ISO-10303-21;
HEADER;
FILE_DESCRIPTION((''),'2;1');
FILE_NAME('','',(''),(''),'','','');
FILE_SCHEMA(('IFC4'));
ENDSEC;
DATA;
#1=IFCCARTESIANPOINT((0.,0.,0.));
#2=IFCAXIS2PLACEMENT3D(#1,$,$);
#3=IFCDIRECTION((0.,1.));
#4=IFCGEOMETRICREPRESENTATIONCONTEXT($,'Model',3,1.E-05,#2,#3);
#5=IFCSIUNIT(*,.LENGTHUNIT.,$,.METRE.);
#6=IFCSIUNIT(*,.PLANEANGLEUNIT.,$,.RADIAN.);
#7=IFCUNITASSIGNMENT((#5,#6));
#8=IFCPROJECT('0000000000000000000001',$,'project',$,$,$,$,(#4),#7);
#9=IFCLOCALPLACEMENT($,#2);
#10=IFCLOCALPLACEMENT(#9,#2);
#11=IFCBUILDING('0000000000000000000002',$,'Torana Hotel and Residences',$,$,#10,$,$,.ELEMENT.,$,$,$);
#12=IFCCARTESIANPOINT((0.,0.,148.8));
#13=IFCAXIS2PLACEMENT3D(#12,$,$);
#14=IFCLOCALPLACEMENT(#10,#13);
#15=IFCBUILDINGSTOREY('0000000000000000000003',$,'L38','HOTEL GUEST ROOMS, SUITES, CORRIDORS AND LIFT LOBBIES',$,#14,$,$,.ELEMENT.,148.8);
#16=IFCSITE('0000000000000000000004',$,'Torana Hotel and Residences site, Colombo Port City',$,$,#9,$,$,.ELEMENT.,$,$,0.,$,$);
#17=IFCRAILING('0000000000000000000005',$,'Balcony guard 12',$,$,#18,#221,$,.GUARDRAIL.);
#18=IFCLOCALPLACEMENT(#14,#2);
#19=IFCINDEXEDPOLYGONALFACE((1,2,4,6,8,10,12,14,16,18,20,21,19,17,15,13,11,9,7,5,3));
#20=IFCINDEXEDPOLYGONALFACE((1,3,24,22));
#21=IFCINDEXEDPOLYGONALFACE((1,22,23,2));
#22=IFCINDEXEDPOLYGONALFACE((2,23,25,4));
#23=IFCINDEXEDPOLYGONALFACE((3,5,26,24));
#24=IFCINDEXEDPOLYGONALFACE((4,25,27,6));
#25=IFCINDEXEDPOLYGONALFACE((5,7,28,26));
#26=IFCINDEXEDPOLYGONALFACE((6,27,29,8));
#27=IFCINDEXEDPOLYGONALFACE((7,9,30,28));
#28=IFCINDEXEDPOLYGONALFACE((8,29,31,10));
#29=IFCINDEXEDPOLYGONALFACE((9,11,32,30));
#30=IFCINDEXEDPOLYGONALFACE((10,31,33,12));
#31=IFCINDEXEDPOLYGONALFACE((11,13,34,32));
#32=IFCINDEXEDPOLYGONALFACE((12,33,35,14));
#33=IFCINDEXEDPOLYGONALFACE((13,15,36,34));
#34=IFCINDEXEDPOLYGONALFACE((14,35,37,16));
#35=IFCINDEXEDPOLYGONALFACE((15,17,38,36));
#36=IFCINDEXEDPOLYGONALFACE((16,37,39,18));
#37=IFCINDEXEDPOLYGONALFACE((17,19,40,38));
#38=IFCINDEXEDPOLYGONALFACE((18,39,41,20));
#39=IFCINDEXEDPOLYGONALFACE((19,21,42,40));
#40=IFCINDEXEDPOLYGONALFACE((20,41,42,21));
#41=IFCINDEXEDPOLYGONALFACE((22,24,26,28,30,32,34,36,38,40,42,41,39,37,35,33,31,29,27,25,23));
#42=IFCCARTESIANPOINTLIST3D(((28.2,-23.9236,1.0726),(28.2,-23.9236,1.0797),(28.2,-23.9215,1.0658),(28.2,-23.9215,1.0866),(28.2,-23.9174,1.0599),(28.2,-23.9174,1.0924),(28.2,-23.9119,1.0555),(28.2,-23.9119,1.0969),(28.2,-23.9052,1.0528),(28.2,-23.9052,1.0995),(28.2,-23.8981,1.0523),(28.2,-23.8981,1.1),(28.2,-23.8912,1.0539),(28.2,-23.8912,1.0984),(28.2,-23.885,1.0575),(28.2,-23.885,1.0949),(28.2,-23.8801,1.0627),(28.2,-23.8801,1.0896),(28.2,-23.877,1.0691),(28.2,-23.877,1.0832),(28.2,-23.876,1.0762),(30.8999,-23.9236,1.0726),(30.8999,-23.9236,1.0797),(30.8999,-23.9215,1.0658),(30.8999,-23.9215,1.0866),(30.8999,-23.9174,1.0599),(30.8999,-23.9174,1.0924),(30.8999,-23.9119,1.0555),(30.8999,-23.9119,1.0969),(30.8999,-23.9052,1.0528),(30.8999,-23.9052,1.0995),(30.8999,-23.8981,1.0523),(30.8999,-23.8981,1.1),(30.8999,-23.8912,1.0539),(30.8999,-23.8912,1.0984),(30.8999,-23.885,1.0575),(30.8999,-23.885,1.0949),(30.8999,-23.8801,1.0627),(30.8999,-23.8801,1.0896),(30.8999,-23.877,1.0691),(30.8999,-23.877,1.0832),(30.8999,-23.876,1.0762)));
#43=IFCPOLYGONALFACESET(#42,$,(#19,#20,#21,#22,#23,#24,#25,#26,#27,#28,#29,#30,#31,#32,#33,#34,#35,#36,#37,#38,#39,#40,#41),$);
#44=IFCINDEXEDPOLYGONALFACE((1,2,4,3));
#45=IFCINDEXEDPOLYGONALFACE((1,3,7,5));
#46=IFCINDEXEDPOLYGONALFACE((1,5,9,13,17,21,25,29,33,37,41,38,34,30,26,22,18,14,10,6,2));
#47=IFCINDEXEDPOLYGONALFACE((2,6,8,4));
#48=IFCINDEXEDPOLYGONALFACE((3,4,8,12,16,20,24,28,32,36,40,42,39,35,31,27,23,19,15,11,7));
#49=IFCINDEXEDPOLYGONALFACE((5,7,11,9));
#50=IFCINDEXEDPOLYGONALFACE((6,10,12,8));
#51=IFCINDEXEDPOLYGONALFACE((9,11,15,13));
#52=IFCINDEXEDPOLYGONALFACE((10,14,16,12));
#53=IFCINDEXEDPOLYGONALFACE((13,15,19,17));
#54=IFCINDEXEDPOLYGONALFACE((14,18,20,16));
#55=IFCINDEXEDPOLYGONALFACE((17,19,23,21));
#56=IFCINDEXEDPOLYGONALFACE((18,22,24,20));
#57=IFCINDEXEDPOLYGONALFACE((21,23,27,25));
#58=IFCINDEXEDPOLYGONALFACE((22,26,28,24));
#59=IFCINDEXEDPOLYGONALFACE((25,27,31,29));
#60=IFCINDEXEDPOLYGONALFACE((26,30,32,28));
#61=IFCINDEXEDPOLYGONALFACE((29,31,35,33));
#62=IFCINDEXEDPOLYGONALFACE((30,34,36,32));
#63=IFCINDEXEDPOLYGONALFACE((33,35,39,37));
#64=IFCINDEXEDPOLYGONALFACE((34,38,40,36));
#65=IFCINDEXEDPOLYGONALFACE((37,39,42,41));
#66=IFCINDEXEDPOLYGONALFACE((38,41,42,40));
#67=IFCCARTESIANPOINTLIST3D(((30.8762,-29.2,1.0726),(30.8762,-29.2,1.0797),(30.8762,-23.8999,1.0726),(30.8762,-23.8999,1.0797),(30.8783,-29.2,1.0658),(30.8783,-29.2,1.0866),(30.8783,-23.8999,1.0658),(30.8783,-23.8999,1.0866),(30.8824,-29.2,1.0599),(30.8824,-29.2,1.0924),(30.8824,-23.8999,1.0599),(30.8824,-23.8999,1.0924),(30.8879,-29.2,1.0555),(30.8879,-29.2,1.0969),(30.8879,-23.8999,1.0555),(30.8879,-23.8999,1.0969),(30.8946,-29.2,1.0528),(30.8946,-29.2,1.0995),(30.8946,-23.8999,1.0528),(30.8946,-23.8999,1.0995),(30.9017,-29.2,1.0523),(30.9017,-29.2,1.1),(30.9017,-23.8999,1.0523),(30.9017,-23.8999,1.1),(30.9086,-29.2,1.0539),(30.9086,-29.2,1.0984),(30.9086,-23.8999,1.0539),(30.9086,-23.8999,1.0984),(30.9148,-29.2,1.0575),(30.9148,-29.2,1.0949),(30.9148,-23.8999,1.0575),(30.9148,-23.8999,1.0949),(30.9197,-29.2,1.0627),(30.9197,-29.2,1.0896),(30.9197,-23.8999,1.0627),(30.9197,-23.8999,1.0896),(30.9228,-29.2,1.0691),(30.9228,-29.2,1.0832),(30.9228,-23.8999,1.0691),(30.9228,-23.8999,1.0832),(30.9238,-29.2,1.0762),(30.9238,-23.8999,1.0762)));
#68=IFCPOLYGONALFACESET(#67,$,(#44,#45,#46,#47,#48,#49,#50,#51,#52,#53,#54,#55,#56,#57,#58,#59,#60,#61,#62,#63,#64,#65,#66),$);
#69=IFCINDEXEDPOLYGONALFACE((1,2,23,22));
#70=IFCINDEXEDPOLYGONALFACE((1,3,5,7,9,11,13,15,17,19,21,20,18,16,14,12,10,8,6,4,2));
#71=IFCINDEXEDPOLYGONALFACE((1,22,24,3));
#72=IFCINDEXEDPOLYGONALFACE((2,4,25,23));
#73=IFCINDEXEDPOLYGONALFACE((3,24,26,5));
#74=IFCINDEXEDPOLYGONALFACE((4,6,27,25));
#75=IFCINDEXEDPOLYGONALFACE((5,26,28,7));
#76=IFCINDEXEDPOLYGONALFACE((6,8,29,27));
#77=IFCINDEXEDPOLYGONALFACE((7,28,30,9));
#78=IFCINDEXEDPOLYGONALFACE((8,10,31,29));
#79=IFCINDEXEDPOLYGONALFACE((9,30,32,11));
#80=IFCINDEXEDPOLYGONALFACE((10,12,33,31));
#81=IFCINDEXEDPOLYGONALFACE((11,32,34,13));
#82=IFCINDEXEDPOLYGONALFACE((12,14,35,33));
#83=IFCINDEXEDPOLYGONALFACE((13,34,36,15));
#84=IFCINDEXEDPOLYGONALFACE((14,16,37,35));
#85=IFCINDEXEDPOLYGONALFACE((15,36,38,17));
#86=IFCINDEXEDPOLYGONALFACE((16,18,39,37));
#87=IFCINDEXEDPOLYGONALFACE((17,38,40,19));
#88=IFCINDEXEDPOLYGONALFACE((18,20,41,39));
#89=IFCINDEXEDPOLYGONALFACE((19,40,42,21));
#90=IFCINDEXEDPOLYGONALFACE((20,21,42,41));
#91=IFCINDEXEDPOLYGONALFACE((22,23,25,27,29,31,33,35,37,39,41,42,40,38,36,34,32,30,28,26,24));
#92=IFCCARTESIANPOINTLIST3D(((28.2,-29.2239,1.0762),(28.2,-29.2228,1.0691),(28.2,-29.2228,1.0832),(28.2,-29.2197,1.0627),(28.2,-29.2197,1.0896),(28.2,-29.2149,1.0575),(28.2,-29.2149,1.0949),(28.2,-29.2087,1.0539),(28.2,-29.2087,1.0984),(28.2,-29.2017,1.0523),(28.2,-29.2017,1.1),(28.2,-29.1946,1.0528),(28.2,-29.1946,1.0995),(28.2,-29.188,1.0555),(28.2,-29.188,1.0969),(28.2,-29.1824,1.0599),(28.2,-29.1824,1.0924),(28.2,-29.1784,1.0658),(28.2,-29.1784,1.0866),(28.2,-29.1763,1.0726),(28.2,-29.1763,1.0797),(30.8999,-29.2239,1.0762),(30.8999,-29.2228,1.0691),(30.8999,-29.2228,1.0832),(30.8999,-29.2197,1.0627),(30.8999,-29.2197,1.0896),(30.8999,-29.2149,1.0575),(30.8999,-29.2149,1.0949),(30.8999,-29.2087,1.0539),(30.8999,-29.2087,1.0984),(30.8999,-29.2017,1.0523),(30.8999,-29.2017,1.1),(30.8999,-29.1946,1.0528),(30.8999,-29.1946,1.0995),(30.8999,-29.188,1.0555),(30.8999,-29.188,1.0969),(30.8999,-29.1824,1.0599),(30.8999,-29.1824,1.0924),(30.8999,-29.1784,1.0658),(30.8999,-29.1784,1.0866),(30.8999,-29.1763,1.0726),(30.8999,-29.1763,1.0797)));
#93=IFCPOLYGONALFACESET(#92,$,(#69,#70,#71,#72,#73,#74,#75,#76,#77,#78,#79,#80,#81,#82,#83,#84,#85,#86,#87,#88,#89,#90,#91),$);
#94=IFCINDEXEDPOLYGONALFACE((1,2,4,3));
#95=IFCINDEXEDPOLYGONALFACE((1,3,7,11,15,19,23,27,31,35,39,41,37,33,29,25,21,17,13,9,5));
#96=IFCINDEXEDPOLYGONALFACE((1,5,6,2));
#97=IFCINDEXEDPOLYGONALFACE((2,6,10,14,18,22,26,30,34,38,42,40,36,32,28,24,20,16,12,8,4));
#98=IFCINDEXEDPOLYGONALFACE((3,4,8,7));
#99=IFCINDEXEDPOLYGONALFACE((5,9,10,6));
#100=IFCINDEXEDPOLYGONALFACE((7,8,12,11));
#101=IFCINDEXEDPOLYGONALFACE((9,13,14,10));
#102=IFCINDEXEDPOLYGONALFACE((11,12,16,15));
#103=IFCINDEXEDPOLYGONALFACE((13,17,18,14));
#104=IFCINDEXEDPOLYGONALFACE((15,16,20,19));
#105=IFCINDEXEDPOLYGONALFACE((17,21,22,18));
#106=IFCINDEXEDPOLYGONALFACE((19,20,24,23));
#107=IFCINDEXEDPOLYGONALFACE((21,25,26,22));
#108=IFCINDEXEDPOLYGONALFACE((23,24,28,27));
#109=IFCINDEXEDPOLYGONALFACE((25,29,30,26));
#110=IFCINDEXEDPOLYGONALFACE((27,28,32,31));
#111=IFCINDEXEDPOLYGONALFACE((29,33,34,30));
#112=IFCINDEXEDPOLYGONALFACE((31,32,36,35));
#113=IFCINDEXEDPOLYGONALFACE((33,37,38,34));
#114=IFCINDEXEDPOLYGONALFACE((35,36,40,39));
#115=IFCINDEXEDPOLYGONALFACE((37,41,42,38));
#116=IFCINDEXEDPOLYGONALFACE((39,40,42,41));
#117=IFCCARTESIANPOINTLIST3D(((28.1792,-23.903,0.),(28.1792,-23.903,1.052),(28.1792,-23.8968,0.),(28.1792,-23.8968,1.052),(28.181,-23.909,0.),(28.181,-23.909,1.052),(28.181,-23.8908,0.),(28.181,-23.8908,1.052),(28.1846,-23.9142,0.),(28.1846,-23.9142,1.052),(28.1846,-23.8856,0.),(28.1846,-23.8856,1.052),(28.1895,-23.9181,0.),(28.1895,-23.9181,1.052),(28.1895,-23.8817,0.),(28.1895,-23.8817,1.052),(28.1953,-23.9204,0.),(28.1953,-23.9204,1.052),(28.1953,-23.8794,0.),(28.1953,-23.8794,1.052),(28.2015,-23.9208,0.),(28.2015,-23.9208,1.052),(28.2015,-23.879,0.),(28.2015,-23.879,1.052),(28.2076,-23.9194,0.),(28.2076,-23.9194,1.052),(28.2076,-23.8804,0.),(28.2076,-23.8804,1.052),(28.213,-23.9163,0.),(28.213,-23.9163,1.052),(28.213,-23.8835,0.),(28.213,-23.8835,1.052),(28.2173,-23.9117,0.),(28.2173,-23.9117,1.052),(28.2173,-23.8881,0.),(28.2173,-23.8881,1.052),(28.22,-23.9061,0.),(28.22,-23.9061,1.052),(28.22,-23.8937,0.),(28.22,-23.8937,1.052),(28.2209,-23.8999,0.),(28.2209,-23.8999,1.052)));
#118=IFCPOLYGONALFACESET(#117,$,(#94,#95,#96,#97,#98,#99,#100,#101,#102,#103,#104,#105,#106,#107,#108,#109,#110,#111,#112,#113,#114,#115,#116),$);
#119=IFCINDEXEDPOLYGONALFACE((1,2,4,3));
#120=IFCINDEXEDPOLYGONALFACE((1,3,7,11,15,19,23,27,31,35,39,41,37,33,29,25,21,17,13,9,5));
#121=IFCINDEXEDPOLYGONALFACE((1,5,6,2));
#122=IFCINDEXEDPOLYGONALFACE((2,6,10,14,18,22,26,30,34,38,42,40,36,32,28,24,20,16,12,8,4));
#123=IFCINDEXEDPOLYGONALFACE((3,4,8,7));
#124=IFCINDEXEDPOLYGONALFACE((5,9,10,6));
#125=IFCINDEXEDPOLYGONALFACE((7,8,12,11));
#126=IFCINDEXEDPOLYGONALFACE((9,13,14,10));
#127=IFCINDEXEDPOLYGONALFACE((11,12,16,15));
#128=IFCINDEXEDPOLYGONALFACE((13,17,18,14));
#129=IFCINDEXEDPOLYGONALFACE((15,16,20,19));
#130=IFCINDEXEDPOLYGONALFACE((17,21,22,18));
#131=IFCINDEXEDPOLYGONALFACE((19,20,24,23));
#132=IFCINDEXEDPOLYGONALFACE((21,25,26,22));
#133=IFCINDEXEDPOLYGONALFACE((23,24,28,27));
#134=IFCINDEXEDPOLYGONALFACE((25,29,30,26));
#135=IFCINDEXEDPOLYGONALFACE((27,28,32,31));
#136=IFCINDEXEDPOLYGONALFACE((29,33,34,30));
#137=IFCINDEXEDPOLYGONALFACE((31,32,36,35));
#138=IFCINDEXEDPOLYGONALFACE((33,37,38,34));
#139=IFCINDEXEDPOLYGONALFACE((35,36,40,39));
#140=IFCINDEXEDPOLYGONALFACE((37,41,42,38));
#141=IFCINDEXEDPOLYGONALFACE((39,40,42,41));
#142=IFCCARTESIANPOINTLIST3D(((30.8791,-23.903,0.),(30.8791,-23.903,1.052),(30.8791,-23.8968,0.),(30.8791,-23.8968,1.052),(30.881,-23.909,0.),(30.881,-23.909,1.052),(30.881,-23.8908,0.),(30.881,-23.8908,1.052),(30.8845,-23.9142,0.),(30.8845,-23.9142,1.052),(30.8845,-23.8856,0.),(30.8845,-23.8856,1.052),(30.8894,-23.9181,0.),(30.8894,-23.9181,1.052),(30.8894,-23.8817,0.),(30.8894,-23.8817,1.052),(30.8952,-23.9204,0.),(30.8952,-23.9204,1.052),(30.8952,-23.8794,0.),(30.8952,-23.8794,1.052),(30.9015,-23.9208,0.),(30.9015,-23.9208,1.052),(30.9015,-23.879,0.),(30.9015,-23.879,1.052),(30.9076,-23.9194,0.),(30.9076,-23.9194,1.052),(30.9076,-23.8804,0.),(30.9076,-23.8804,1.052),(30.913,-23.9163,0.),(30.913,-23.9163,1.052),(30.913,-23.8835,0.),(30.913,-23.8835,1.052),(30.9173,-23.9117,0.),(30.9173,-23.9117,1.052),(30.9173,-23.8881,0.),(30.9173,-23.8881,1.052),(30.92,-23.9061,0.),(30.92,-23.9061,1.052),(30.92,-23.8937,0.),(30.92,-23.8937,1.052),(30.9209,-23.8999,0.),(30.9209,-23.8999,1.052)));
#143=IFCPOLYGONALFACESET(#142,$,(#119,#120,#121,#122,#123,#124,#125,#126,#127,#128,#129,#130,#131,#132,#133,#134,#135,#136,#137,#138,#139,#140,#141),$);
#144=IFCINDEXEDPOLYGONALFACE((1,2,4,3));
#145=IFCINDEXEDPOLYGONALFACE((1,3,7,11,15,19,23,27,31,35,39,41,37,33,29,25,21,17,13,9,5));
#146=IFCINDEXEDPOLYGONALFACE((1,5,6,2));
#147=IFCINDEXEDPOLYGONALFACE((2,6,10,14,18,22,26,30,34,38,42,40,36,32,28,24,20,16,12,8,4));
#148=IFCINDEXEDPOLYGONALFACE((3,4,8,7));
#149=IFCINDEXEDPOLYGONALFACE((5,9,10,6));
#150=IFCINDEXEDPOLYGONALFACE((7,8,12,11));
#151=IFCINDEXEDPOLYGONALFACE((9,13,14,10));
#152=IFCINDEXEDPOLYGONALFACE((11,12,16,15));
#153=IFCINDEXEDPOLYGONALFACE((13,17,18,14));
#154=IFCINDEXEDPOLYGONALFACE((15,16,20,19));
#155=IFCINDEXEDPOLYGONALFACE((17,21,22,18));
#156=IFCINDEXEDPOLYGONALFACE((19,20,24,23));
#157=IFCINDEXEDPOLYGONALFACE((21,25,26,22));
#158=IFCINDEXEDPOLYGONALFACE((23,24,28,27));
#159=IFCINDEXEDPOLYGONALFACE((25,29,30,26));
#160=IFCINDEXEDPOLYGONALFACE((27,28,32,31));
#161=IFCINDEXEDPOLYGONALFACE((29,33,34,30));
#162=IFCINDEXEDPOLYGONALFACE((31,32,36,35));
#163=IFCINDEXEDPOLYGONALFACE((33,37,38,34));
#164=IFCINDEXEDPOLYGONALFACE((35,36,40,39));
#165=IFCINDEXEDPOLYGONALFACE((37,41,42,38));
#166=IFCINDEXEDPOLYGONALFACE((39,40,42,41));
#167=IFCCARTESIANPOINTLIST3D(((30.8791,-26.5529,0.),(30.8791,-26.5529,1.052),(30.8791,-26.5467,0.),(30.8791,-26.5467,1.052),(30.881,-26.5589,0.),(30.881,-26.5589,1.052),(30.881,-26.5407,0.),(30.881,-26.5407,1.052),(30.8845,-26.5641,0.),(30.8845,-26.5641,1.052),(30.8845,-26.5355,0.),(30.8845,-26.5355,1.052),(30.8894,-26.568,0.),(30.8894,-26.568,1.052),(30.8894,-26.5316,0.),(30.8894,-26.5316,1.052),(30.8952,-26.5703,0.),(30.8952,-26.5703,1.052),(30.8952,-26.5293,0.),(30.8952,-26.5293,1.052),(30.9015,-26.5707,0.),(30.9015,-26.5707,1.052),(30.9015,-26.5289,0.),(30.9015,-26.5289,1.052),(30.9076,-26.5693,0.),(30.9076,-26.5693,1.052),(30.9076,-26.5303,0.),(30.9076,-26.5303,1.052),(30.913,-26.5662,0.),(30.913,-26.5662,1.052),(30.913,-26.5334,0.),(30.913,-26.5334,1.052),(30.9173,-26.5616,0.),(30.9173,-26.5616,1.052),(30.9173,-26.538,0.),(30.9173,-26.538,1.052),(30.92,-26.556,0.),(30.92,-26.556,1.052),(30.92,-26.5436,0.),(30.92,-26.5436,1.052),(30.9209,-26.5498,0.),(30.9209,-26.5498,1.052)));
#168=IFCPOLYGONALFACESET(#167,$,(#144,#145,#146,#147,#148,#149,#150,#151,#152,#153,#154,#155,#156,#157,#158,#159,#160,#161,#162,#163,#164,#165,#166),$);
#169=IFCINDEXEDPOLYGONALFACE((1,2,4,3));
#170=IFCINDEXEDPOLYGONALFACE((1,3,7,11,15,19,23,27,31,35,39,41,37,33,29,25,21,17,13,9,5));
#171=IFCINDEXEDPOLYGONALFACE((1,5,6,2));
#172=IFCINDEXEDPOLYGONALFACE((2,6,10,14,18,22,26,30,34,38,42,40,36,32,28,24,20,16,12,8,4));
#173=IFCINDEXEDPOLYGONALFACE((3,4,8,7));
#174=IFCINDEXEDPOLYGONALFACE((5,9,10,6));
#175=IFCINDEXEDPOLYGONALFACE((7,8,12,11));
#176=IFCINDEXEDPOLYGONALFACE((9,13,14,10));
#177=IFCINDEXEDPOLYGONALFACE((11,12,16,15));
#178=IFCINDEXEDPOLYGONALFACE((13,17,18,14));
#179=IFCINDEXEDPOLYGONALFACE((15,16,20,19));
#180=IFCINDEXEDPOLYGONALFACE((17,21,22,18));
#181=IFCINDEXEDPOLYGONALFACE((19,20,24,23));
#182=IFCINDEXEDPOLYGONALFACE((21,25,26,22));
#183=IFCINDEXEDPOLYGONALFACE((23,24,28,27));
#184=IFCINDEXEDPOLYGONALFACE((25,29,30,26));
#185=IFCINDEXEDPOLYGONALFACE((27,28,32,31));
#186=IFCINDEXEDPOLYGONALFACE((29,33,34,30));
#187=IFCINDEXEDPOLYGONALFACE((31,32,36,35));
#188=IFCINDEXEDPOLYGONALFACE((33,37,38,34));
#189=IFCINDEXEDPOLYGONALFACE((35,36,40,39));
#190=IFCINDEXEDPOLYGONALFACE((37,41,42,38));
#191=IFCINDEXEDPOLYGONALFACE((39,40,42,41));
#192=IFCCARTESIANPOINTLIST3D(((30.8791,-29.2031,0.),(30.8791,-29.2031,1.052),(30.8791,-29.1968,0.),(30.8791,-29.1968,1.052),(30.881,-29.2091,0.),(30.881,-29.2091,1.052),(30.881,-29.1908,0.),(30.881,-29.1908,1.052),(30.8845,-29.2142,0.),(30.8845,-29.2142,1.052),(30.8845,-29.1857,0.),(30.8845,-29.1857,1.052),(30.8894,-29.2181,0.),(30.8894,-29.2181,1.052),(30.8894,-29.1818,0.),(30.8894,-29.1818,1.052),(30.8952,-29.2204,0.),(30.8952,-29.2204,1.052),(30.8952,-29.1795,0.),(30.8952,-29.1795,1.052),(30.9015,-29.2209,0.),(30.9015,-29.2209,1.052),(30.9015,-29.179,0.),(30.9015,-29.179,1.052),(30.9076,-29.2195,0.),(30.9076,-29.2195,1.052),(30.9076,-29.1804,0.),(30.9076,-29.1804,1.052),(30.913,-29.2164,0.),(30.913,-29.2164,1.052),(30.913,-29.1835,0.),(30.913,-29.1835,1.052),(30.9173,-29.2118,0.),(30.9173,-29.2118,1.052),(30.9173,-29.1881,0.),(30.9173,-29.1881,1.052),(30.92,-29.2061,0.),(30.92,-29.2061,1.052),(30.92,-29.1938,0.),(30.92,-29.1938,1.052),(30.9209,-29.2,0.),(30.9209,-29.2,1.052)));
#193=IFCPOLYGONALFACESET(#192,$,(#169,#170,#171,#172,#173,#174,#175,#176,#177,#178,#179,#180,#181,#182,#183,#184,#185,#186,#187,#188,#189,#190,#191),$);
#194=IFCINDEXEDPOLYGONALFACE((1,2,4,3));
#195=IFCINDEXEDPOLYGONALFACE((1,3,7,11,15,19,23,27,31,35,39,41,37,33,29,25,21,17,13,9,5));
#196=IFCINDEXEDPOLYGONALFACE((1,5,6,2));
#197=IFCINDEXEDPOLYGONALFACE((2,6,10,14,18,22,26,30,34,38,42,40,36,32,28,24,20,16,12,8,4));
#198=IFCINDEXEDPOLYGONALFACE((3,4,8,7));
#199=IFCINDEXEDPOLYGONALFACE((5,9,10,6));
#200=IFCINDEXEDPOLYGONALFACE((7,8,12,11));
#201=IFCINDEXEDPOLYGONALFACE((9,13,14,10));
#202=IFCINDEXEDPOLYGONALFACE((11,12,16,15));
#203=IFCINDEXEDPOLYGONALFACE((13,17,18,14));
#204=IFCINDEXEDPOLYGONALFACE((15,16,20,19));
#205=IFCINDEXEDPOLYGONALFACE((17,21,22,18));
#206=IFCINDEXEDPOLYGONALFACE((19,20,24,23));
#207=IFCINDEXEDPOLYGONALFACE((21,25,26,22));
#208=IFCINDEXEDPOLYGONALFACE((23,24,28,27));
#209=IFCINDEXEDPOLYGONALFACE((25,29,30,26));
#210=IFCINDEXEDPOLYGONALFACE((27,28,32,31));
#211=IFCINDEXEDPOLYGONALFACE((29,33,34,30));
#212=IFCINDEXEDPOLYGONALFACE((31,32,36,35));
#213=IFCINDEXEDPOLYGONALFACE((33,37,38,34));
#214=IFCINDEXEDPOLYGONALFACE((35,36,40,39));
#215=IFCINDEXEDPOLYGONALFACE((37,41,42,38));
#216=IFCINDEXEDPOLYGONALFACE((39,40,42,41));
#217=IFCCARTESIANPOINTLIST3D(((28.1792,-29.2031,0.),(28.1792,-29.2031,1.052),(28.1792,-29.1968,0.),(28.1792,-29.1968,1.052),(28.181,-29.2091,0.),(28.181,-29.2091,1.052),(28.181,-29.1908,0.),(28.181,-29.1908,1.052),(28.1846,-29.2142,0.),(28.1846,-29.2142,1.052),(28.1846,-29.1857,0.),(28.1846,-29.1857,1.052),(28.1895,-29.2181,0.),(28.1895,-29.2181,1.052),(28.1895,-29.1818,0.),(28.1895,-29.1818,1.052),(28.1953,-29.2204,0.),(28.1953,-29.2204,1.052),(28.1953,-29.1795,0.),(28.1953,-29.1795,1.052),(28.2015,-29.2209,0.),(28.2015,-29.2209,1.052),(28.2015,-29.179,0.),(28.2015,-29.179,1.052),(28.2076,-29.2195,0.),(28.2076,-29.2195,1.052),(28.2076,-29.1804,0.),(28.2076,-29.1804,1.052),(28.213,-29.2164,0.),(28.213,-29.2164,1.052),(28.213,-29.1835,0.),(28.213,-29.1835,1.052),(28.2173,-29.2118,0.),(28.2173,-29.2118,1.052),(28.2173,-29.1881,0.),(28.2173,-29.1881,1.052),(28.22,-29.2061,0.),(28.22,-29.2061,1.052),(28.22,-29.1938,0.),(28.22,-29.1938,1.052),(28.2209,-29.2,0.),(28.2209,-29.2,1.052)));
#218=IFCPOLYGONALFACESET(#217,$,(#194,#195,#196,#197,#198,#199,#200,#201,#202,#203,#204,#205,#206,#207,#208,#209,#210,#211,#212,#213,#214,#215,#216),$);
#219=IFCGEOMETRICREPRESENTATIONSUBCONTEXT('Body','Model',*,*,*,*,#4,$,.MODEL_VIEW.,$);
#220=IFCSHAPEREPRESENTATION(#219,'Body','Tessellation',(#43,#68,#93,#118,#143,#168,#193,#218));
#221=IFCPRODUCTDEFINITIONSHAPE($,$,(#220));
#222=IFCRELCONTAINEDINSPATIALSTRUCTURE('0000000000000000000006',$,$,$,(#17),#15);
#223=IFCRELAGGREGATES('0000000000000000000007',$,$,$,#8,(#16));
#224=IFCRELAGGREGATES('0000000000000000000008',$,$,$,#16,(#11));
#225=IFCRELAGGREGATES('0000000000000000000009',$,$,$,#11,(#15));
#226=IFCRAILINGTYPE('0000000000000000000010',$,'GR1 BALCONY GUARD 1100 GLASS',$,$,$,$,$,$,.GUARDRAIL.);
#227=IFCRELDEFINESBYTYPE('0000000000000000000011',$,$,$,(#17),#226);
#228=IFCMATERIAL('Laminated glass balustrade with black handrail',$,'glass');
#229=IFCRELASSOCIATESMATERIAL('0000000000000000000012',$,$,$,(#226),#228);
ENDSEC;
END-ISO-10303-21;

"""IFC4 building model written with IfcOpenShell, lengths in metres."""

from ifc_helpers import new_model, si_unit, direction, frame, origin, origin_2d, place, context, subcontext, project, spatial, circle, extrude, material, type_object, element, save


model = new_model("IFC4")

# Units and contexts
model_context = context("Model", 3, precision=1e-05, world=origin(), true_north=direction((0.0, 1.0)))
body_context = subcontext(model_context, "Body", "Model", "MODEL_VIEW")
ifc_project = project(units=[si_unit("LENGTHUNIT", "METRE"), si_unit("PLANEANGLEUNIT", "RADIAN")], contexts=[model_context])

# Site, building, storey
site_placement = place(None, origin())
site = spatial("IfcSite", under=ifc_project, at=site_placement, Name="Torana Hotel and Residences site, Colombo Port City", CompositionType="ELEMENT", RefElevation=0.0)
building_placement = place(site_placement, origin())
building = spatial("IfcBuilding", under=site, at=building_placement, Name="Torana Hotel and Residences", CompositionType="ELEMENT")
storey_placement = place(building_placement, frame((0.0, 0.0, 148.8)))
storey = spatial("IfcBuildingStorey", under=building, at=storey_placement, Name="L38", Description="HOTEL GUEST ROOMS, SUITES, CORRIDORS AND LIFT LOBBIES", CompositionType="ELEMENT", Elevation=148.8)

# Railing
ifc_material_1 = material(Name="Laminated glass balustrade with black handrail", Category="glass")
railing_type = type_object("IfcRailingType", Name="GR1 BALCONY GUARD 1100 GLASS", PredefinedType="GUARDRAIL", material=ifc_material_1)
railing_1_placement = place(storey_placement, frame((28.2, -23.8999, 0.0)))
element("IfcRailing", 1, at=railing_1_placement, inside=storey, type_object=railing_type, Name="Balcony guard 12", PredefinedType="GUARDRAIL", context=body_context, shape_type="SweptSolid", body=[
    extrude(circle(Radius=0.0239, at=origin_2d()), frame((0.0, 0.0, 1.0762), z_axis=(1.0, 0.0, 0.0), x_axis=(0.0, 1.0, 0.0)), (0.0, 0.0, 1.0), 2.7),
    extrude(circle(Radius=0.0239, at=origin_2d()), frame((2.7, 0.0, 1.0762), z_axis=(0.0, -1.0, 0.0), x_axis=(1.0, 0.0, 0.0)), (0.0, 0.0, 1.0), 5.3),
    extrude(circle(Radius=0.0239, at=origin_2d()), frame((2.7, -5.3, 1.0762), z_axis=(-1.0, 0.0, 0.0), x_axis=(0.0, -1.0, 0.0)), (0.0, 0.0, 1.0), 2.7),
    extrude(circle(Radius=0.021, at=origin_2d()), origin(), (0.0, 0.0, 1.0), 1.052),
    extrude(circle(Radius=0.021, at=origin_2d()), frame((2.7, 0.0, 0.0)), (0.0, 0.0, 1.0), 1.052),
    extrude(circle(Radius=0.021, at=origin_2d()), frame((2.7, -2.6499, 0.0)), (0.0, 0.0, 1.0), 1.052),
    extrude(circle(Radius=0.021, at=origin_2d()), frame((2.7, -5.3, 0.0)), (0.0, 0.0, 1.0), 1.052),
    extrude(circle(Radius=0.021, at=origin_2d()), frame((0.0, -5.3, 0.0)), (0.0, 0.0, 1.0), 1.052),
])

save(model, "model.ifc")
